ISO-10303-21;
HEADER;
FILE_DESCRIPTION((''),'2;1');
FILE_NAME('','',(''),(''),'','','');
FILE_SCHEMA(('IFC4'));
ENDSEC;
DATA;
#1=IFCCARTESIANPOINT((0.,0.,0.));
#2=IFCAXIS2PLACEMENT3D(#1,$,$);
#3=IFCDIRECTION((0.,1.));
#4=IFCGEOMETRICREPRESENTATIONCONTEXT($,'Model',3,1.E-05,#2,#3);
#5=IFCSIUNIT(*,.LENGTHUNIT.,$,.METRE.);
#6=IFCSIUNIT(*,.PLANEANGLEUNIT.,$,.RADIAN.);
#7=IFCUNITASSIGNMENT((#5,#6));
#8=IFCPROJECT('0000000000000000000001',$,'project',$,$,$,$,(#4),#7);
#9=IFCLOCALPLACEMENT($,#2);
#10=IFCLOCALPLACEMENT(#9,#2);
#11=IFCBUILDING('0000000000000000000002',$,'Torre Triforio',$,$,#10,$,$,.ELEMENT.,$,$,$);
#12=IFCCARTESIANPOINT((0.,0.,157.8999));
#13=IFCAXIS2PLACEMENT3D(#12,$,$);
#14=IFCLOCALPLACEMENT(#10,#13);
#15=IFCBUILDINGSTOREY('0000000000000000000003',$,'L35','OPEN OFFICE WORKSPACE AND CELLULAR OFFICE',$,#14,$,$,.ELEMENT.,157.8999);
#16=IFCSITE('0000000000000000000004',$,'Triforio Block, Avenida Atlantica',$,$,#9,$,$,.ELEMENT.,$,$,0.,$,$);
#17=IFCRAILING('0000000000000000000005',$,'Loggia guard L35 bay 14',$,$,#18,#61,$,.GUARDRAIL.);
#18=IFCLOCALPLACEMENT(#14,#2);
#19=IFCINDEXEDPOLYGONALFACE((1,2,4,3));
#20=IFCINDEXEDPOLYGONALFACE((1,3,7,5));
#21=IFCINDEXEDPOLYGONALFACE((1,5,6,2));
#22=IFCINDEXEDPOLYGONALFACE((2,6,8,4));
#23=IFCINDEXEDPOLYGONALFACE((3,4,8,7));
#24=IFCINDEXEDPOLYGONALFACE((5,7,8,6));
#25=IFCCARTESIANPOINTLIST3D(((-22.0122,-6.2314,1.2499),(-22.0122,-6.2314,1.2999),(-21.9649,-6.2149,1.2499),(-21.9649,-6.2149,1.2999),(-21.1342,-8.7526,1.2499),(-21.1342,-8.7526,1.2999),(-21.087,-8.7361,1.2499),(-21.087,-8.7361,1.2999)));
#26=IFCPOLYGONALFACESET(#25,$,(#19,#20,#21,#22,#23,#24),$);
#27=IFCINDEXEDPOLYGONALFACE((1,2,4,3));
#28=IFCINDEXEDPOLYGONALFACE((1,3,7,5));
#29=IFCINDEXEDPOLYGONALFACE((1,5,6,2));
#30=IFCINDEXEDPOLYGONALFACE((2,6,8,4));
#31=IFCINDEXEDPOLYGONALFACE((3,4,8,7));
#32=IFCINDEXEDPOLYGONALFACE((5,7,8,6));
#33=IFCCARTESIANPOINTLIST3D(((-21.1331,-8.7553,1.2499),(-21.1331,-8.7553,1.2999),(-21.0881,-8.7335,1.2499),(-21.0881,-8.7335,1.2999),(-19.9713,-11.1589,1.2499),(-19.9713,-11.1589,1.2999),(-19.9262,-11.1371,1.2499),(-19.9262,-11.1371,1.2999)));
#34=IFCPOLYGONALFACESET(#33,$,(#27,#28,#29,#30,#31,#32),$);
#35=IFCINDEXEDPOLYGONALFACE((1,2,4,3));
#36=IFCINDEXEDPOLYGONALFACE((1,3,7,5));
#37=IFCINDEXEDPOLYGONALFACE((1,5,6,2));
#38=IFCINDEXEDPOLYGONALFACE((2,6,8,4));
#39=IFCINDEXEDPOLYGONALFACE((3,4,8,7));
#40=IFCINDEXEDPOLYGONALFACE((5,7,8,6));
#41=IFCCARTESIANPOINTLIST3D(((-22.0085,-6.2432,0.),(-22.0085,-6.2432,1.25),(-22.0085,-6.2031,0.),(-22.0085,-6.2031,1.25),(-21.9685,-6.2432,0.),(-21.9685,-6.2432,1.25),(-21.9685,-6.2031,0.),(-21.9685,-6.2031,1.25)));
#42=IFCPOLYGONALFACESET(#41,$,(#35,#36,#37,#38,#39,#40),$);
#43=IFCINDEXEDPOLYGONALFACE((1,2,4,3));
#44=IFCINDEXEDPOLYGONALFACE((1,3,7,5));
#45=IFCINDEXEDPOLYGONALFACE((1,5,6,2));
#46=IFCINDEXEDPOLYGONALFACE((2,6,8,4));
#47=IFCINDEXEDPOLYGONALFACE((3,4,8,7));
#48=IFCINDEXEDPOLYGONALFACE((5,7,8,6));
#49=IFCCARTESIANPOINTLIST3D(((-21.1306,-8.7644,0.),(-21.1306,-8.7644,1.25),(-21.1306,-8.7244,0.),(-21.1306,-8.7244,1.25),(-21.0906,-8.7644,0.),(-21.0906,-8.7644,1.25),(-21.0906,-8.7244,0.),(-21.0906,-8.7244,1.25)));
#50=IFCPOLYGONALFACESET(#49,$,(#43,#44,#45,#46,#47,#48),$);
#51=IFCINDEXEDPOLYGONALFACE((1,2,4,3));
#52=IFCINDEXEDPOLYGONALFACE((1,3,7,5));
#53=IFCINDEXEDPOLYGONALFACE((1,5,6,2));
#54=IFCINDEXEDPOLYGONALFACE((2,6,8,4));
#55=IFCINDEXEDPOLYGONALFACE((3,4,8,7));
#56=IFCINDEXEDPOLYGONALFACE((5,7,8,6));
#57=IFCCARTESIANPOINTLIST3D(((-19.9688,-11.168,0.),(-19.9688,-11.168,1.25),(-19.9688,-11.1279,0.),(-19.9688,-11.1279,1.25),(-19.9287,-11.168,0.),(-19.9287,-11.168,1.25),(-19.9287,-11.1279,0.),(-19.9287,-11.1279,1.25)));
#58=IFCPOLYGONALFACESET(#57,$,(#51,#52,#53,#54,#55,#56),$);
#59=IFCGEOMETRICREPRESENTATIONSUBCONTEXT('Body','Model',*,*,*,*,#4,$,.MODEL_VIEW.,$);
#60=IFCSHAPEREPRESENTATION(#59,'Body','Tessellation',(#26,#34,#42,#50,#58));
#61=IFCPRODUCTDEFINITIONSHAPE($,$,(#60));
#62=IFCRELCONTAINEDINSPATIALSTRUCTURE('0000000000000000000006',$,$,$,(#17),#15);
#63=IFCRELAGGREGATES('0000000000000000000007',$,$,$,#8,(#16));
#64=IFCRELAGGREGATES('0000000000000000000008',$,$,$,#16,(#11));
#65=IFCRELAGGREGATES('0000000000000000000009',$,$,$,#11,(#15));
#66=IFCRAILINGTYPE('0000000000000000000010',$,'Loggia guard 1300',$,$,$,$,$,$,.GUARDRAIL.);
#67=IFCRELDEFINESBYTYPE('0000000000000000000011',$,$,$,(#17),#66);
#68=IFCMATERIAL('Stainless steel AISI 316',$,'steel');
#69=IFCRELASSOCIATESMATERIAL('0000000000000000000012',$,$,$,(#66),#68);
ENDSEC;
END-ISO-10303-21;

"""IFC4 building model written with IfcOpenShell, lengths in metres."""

from ifc_helpers import new_model, si_unit, direction, frame, origin, origin_2d, place, context, subcontext, project, spatial, rectangle, extrude, material, type_object, element, save


model = new_model("IFC4")

# Units and contexts
model_context = context("Model", 3, precision=1e-05, world=origin(), true_north=direction((0.0, 1.0)))
body_context = subcontext(model_context, "Body", "Model", "MODEL_VIEW")
ifc_project = project(units=[si_unit("LENGTHUNIT", "METRE"), si_unit("PLANEANGLEUNIT", "RADIAN")], contexts=[model_context])

# Site, building, storey
site_placement = place(None, origin())
site = spatial("IfcSite", under=ifc_project, at=site_placement, Name="Triforio Block, Avenida Atlantica", CompositionType="ELEMENT", RefElevation=0.0)
building_placement = place(site_placement, origin())
building = spatial("IfcBuilding", under=site, at=building_placement, Name="Torre Triforio", CompositionType="ELEMENT")
storey_placement = place(building_placement, frame((0.0, 0.0, 157.8999)))
storey = spatial("IfcBuildingStorey", under=building, at=storey_placement, Name="L35", Description="OPEN OFFICE WORKSPACE AND CELLULAR OFFICE", CompositionType="ELEMENT", Elevation=157.8999)

# Railing
ifc_material_1 = material(Name="Stainless steel AISI 316", Category="steel")
railing_type = type_object("IfcRailingType", Name="Loggia guard 1300", PredefinedType="GUARDRAIL", material=ifc_material_1)
railing_1_placement = place(storey_placement, frame((-21.9885, -6.2231, 0.0)))
element("IfcRailing", 1, at=railing_1_placement, inside=storey, type_object=railing_type, Name="Loggia guard L35 bay 14", PredefinedType="GUARDRAIL", context=body_context, shape_type="SweptSolid", body=[
    extrude(rectangle(XDim=0.05, YDim=0.05, at=origin_2d()), frame((0.0, 0.0, 1.2749), z_axis=(0.328847, -0.944383, 0.0), x_axis=(0.944383, 0.328847, 0.0)), (0.0, 0.0, 1.0), 2.6697),
    extrude(rectangle(XDim=0.05, YDim=0.05, at=origin_2d()), frame((0.8779, -2.5212, 1.2749), z_axis=(0.435212, -0.900328, 0.0), x_axis=(0.900328, 0.435212, 0.0)), (0.0, 0.0, 1.0), 2.6697),
    extrude(rectangle(XDim=0.04, YDim=0.04, at=origin_2d()), origin(), (0.0, 0.0, 1.0), 1.25),
    extrude(rectangle(XDim=0.04, YDim=0.04, at=origin_2d()), frame((0.8779, -2.5212, 0.0)), (0.0, 0.0, 1.0), 1.25),
    extrude(rectangle(XDim=0.04, YDim=0.04, at=origin_2d()), frame((2.0398, -4.9248, 0.0)), (0.0, 0.0, 1.0), 1.25),
])

save(model, "model.ifc")
